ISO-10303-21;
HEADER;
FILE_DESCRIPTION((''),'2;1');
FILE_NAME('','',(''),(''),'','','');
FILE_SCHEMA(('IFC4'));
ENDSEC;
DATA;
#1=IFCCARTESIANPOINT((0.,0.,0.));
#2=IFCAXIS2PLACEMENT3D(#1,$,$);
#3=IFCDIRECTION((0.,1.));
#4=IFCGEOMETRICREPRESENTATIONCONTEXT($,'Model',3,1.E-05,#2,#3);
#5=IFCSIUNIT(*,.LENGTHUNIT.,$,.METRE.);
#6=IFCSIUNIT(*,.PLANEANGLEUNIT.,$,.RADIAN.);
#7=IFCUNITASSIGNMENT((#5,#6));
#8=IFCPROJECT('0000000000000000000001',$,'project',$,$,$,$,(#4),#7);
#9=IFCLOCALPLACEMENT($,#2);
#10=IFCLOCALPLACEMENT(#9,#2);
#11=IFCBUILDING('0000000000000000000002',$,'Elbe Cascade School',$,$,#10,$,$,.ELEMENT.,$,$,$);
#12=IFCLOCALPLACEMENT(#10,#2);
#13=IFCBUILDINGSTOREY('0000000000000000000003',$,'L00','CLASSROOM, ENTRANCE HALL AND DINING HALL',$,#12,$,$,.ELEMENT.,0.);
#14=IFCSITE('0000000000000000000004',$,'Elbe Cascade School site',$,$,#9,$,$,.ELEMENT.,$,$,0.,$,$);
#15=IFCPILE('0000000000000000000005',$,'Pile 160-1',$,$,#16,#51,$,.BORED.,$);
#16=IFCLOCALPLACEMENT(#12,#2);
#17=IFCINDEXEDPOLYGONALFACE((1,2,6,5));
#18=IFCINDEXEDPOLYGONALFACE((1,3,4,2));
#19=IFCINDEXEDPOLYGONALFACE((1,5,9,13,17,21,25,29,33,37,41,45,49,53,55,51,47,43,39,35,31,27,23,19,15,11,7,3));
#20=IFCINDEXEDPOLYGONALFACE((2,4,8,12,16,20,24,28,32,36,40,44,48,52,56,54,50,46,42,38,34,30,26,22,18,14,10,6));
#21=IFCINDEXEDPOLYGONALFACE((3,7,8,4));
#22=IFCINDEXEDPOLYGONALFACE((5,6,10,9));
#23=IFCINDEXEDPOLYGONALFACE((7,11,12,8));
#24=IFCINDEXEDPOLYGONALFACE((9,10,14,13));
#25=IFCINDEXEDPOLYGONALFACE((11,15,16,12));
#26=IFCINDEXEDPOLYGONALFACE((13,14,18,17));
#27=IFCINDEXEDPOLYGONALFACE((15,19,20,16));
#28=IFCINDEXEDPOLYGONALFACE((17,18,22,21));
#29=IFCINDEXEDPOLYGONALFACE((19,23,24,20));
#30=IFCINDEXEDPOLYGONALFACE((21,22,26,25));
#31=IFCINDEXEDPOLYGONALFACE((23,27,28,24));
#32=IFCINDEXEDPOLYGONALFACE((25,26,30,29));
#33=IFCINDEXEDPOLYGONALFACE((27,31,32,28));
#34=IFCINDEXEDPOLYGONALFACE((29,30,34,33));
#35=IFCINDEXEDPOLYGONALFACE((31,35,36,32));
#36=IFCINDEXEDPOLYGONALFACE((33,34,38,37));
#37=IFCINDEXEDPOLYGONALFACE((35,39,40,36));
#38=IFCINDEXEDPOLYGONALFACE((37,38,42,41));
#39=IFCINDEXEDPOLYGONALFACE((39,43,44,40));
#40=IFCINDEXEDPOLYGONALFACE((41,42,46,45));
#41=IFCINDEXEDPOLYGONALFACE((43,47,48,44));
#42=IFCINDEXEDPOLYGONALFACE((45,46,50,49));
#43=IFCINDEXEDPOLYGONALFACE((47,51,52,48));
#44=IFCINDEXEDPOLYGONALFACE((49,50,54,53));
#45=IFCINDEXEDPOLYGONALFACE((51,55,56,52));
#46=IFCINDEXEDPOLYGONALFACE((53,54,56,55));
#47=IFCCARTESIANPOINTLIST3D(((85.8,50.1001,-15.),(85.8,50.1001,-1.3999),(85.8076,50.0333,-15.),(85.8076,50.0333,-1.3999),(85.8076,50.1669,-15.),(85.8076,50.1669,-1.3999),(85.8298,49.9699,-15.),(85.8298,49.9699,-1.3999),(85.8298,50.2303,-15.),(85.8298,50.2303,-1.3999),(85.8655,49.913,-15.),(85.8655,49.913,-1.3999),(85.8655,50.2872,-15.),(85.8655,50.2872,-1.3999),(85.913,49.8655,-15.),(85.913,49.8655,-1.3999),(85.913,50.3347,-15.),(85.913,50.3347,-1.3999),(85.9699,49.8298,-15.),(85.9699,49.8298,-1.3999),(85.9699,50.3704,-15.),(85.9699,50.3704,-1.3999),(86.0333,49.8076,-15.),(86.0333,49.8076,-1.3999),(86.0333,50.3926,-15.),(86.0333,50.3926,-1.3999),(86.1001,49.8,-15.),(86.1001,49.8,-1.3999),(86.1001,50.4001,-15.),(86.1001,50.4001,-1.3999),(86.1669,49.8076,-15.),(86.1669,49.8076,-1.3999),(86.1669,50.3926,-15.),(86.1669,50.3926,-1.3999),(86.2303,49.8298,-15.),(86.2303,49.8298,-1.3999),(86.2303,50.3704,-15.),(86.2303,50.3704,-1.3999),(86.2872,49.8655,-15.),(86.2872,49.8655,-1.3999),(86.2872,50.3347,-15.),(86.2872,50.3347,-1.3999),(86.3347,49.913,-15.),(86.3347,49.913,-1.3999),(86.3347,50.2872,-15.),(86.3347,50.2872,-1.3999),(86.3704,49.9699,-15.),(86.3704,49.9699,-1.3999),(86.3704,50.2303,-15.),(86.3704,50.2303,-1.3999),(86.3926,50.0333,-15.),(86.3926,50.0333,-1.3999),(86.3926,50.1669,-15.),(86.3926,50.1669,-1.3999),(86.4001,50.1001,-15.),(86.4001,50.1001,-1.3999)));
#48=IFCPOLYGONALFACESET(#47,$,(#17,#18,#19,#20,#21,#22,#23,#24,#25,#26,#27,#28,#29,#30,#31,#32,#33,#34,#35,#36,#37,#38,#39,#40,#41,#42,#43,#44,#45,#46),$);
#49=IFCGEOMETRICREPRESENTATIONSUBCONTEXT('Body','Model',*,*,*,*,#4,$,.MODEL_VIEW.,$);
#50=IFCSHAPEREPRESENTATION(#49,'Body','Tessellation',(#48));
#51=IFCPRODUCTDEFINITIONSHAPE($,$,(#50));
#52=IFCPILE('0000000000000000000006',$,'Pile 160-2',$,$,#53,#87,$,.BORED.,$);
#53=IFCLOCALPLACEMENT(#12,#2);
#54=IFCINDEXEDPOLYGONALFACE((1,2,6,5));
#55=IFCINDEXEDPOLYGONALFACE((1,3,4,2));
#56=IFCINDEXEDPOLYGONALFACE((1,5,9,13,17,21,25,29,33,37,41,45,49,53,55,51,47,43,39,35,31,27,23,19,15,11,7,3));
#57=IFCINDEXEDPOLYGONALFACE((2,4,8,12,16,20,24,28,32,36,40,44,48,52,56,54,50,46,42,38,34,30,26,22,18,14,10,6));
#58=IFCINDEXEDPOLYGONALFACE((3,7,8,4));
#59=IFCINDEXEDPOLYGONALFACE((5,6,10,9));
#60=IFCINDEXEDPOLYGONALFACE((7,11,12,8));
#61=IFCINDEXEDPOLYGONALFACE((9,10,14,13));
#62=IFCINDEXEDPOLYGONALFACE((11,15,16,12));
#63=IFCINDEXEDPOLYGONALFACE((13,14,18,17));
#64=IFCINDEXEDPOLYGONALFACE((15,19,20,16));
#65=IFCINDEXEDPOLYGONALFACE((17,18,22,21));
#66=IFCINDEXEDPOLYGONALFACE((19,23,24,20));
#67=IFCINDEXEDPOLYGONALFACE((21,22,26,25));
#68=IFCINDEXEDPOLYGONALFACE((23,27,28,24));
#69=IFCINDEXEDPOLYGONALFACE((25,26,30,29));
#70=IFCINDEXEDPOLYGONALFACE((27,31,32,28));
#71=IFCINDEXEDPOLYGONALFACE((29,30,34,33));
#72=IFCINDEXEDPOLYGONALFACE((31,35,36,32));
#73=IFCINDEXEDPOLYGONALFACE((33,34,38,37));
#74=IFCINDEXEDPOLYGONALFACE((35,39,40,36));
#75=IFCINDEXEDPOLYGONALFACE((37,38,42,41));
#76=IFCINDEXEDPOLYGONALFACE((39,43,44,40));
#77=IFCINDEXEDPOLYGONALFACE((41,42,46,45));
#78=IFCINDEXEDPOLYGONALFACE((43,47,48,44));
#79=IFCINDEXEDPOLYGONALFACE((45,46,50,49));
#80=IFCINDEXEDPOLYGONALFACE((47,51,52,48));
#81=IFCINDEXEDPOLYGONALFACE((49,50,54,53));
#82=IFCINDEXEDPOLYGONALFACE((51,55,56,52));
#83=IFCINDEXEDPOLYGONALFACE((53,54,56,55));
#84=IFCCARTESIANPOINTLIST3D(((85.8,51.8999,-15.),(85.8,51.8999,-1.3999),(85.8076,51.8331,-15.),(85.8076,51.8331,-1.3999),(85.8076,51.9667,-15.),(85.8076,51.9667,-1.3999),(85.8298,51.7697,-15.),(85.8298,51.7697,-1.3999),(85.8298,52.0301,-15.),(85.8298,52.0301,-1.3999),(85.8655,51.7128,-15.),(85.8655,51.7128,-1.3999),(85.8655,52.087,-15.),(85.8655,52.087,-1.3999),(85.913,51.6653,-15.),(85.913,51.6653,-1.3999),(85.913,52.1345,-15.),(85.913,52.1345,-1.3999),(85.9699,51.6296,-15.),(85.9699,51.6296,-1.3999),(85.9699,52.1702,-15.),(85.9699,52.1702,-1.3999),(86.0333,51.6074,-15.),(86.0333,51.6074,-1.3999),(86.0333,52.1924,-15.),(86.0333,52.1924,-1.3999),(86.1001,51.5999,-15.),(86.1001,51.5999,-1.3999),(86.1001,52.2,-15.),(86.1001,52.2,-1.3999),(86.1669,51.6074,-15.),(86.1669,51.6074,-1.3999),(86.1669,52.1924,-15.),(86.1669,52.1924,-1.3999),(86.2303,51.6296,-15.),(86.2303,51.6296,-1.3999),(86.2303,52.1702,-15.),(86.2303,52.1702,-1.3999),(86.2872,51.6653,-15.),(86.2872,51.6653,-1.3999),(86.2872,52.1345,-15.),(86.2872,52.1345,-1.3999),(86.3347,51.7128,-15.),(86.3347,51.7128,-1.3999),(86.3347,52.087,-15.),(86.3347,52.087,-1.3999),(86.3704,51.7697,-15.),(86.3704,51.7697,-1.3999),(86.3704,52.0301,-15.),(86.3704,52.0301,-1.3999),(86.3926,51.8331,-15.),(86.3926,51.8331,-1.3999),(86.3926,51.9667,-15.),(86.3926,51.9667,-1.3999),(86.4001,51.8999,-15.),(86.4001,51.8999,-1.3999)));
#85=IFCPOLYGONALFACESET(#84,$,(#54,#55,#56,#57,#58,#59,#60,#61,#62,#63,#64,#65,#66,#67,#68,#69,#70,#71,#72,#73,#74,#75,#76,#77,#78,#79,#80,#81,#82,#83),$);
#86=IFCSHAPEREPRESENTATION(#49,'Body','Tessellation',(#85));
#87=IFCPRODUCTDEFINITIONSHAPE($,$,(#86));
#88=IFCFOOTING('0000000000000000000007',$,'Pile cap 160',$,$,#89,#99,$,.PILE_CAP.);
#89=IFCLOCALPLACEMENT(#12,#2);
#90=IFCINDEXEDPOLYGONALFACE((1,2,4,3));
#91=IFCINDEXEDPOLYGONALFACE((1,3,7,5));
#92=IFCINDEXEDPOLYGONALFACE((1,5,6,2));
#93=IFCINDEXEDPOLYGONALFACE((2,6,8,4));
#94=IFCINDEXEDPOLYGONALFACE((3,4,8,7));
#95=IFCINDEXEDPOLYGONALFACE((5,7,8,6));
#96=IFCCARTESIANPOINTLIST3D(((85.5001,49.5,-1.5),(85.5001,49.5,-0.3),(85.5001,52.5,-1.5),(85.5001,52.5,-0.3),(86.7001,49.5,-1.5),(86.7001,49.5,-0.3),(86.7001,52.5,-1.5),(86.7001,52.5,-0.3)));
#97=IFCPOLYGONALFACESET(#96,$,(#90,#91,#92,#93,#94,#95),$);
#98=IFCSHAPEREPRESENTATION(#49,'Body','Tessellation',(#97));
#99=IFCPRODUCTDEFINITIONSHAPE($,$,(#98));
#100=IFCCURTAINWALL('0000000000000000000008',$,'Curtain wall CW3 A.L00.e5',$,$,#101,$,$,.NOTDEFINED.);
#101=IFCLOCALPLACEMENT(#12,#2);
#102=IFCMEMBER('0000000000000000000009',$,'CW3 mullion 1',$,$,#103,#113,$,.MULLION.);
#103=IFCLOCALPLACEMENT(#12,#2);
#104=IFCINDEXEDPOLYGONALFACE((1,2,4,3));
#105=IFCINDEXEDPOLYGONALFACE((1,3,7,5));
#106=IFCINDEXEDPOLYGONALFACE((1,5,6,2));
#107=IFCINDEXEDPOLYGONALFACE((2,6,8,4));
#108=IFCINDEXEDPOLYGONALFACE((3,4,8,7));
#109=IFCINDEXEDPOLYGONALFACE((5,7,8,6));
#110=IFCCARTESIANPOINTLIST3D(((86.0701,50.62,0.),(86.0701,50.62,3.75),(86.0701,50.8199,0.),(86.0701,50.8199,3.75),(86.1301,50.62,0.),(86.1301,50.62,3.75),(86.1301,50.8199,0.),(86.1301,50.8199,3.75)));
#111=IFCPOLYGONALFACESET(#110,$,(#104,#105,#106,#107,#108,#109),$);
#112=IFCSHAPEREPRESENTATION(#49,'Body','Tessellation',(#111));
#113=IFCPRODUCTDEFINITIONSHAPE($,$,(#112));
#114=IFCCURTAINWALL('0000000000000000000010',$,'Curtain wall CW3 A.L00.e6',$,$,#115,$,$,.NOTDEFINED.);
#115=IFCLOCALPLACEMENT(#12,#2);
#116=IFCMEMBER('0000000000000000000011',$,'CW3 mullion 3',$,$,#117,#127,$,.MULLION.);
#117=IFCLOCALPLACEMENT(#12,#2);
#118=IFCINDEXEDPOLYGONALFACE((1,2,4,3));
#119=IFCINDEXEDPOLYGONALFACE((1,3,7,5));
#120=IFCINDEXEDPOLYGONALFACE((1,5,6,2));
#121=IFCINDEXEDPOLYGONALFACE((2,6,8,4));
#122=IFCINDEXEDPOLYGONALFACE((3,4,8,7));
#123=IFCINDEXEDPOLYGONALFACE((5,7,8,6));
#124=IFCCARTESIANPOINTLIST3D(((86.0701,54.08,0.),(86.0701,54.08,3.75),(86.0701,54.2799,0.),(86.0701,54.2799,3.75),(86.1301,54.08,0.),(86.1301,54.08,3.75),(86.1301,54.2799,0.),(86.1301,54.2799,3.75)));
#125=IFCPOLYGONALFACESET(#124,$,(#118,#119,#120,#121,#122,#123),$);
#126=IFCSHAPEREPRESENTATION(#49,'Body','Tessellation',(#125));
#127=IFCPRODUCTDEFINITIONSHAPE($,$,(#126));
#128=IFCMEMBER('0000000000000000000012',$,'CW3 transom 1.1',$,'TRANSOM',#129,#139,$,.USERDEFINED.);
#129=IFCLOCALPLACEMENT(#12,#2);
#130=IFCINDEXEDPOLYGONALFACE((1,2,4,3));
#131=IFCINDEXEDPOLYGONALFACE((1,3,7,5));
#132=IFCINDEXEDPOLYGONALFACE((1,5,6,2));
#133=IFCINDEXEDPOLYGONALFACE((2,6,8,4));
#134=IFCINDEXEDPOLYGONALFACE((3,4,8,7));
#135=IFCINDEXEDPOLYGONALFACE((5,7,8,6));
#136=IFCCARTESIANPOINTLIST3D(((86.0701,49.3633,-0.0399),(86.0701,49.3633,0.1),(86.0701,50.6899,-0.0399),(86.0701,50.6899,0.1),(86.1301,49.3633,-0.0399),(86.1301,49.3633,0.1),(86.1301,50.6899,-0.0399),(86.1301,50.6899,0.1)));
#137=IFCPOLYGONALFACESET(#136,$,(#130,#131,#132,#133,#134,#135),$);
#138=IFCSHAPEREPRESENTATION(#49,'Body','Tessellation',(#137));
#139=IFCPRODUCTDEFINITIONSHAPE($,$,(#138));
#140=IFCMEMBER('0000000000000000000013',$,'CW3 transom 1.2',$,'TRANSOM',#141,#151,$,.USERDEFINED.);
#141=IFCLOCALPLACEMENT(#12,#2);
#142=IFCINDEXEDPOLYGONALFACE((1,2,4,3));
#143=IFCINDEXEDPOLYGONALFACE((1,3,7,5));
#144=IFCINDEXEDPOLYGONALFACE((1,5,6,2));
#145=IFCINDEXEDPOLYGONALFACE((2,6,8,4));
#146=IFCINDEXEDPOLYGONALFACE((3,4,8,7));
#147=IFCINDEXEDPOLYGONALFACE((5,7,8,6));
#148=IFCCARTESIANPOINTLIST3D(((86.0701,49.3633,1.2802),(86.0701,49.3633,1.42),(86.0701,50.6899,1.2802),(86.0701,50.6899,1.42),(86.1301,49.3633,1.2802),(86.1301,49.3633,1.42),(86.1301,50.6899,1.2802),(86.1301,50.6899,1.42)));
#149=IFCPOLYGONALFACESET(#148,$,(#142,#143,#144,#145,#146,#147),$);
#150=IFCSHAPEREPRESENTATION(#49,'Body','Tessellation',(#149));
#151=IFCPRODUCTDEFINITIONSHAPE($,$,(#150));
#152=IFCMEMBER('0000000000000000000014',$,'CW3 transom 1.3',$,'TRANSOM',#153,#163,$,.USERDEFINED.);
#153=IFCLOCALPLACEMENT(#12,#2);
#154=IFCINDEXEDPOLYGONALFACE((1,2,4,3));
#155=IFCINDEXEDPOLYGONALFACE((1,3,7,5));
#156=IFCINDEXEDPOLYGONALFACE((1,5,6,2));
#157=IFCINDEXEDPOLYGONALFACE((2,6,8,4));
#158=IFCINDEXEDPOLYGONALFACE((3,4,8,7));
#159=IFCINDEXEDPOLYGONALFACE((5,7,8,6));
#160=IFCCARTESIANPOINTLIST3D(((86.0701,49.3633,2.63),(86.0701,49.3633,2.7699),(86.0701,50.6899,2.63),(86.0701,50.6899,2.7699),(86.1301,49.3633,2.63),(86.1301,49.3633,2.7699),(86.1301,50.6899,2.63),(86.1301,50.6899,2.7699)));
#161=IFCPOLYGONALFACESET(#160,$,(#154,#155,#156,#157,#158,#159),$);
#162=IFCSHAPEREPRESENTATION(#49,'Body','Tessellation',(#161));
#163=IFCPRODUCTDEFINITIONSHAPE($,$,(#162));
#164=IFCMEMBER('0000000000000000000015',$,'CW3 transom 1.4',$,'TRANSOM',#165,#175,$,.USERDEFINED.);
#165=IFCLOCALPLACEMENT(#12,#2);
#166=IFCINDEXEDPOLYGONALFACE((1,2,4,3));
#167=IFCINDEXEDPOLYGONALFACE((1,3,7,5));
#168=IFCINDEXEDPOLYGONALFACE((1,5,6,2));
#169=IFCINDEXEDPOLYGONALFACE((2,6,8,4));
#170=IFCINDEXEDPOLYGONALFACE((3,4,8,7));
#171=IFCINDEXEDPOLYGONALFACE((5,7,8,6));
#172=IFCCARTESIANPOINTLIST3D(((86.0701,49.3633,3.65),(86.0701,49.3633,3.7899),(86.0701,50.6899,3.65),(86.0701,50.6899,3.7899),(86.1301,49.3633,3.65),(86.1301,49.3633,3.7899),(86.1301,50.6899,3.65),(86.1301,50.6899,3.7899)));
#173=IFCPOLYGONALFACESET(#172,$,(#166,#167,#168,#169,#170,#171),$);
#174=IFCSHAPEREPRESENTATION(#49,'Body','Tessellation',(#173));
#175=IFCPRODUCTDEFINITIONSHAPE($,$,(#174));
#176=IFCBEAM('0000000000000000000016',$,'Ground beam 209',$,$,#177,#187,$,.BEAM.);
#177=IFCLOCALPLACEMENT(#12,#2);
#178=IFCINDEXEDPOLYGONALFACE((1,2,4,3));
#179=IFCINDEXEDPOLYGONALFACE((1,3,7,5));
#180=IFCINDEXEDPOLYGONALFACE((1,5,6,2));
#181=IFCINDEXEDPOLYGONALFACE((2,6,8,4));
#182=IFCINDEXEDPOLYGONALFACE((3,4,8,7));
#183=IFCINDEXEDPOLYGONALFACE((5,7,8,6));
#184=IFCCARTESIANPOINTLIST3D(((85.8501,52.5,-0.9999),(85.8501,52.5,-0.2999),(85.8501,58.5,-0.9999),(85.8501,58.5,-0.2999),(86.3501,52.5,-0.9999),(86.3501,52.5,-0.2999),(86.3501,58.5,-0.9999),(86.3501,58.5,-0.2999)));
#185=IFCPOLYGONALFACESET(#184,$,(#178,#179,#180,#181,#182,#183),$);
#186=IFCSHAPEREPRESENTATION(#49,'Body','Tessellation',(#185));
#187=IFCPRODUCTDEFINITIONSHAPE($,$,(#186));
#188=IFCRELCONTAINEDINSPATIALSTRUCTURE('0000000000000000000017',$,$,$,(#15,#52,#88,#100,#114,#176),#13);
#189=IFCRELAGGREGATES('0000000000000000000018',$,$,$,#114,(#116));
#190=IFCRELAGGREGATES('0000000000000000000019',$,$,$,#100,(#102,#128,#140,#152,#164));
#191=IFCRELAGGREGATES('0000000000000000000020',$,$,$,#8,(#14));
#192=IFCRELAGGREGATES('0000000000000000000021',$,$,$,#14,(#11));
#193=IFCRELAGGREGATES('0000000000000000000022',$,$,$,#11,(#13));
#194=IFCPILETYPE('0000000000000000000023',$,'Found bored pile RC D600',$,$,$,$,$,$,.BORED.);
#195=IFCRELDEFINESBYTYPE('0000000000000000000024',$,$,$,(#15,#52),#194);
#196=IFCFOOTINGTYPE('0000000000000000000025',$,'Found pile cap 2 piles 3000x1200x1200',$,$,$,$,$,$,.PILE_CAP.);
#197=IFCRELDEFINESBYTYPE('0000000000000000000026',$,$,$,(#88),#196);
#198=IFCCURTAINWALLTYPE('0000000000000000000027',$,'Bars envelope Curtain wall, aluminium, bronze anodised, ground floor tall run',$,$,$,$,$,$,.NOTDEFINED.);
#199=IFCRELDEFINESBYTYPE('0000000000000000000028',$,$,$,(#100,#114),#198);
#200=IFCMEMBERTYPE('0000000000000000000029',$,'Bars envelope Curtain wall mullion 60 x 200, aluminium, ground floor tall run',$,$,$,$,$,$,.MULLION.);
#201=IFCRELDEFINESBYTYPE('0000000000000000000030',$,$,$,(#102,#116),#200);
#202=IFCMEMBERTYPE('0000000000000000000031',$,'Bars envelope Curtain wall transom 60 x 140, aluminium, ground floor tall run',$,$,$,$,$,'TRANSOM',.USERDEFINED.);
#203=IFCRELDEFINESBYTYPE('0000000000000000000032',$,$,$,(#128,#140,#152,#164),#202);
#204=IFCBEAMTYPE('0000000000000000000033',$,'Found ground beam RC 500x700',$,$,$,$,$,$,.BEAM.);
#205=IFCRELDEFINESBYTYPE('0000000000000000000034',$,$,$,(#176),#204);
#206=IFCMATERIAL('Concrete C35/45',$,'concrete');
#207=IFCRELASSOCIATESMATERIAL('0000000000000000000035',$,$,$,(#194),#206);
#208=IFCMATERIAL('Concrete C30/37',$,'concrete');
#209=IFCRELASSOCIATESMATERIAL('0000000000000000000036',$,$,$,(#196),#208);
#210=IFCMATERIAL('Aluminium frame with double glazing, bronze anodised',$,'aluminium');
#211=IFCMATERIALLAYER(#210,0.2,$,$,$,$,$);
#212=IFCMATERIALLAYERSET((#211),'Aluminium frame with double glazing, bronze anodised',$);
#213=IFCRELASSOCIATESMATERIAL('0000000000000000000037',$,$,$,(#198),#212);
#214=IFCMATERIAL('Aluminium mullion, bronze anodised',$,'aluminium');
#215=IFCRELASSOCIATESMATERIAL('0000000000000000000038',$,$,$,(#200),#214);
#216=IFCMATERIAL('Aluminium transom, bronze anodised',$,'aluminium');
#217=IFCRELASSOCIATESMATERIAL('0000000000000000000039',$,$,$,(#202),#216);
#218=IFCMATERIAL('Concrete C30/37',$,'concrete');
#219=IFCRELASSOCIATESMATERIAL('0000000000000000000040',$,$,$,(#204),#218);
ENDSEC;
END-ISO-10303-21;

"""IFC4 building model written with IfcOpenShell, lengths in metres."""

from ifc_helpers import new_model, si_unit, direction, frame, origin, origin_2d, place, context, subcontext, project, spatial, rectangle, circle, extrude, material, layer, layer_set, material_profile, profile_set, type_object, element, aggregate, save


model = new_model("IFC4")

# Units and contexts
model_context = context("Model", 3, precision=1e-05, world=origin(), true_north=direction((0.0, 1.0)))
body_context = subcontext(model_context, "Body", "Model", "MODEL_VIEW")
ifc_project = project(units=[si_unit("LENGTHUNIT", "METRE"), si_unit("PLANEANGLEUNIT", "RADIAN")], contexts=[model_context])

# Site, building, storey
site_placement = place(None, origin())
site = spatial("IfcSite", under=ifc_project, at=site_placement, Name="Elbe Cascade School site", CompositionType="ELEMENT", RefElevation=0.0)
building_placement = place(site_placement, origin())
building = spatial("IfcBuilding", under=site, at=building_placement, Name="Elbe Cascade School", CompositionType="ELEMENT")
storey_placement = place(building_placement, origin())
storey = spatial("IfcBuildingStorey", under=building, at=storey_placement, Name="L00", Description="CLASSROOM, ENTRANCE HALL AND DINING HALL", CompositionType="ELEMENT", Elevation=0.0)

# Piles
ifc_material_1 = material(Name="Concrete C35/45", Category="concrete")
ifc_material_profile_1 = material_profile(ifc_material_1, circle(Radius=0.3, at=origin_2d()), Name="RC D600")
ifc_profile_set_1 = profile_set([ifc_material_profile_1], Name="Concrete C35/45")
pile_type = type_object("IfcPileType", Name="Found bored pile RC D600", PredefinedType="BORED", material=ifc_profile_set_1)
for number, where, z_axis, x_axis, name in (
    (1, (86.1001, 50.1001, -1.3999), (0.0, 0.0, -1.0), (1.0, 0.0, 0.0), "Pile 160-1"),
    (2, (86.1001, 51.8999, -1.3999), (0.0, 0.0, -1.0), (1.0, 0.0, 0.0), "Pile 160-2"),
):
    element("IfcPile", number, at=place(storey_placement, frame(where, z_axis=z_axis, x_axis=x_axis)), inside=storey, type_object=pile_type, Name=name, PredefinedType="BORED", context=body_context, shape_type="SweptSolid", body=[
        extrude(circle(Radius=0.3, at=origin_2d()), origin(), (0.0, 0.0, 1.0), 13.6001),
    ])

# Footing
ifc_material_2 = material(Name="Concrete C30/37", Category="concrete")
footing_type = type_object("IfcFootingType", Name="Found pile cap 2 piles 3000x1200x1200", PredefinedType="PILE_CAP", material=ifc_material_2)
footing_placement = place(storey_placement, frame((86.1001, 51.0, -1.5), z_axis=(0.0, 0.0, 1.0), x_axis=(1.0, 0.0, 0.0)))
element("IfcFooting", 3, at=footing_placement, inside=storey, type_object=footing_type, Name="Pile cap 160", PredefinedType="PILE_CAP", context=body_context, shape_type="SweptSolid", body=[
    extrude(rectangle(XDim=1.2, YDim=3.0, at=origin_2d()), origin(), (0.0, 0.0, 1.0), 1.2),
])

# Curtain walls, members
ifc_material_3 = material(Name="Aluminium frame with double glazing, bronze anodised", Category="aluminium")
ifc_layer_1 = layer(ifc_material_3, 0.2)
ifc_layer_set_1 = layer_set([ifc_layer_1], Name="Aluminium frame with double glazing, bronze anodised")
curtain_wall_type = type_object("IfcCurtainWallType", Name="Bars envelope Curtain wall, aluminium, bronze anodised, ground floor tall run", PredefinedType="NOTDEFINED", material=ifc_layer_set_1)
curtain_wall_1_placement = place(storey_placement, origin())
curtain_wall_1 = element("IfcCurtainWall", 4, at=curtain_wall_1_placement, inside=storey, type_object=curtain_wall_type, Name="Curtain wall CW3 A.L00.e5", PredefinedType="NOTDEFINED")
ifc_material_4 = material(Name="Aluminium mullion, bronze anodised", Category="aluminium")
ifc_material_profile_2 = material_profile(ifc_material_4, rectangle(XDim=0.0601, YDim=0.2, at=origin_2d()), Name="Bars envelope Curtain wall mullion 60 x 200, aluminium, ground floor tall run")
ifc_profile_set_2 = profile_set([ifc_material_profile_2], Name="Aluminium mullion, bronze anodised")
member_type_1 = type_object("IfcMemberType", Name="Bars envelope Curtain wall mullion 60 x 200, aluminium, ground floor tall run", PredefinedType="MULLION", material=ifc_profile_set_2)
member_1_placement = place(storey_placement, frame((86.1001, 50.72, 0.0), z_axis=(0.0, 0.0, 1.0), x_axis=(1.0, 0.0, 0.0)))
member_1 = element("IfcMember", 5, at=member_1_placement, type_object=member_type_1, Name="CW3 mullion 1", PredefinedType="MULLION", context=body_context, shape_type="SweptSolid", body=[
    extrude(rectangle(XDim=0.0601, YDim=0.2, at=origin_2d()), origin(), (0.0, 0.0, 1.0), 3.75),
])
curtain_wall_2_placement = place(storey_placement, origin())
curtain_wall_2 = element("IfcCurtainWall", 6, at=curtain_wall_2_placement, inside=storey, type_object=curtain_wall_type, Name="Curtain wall CW3 A.L00.e6", PredefinedType="NOTDEFINED")
member_2_placement = place(storey_placement, frame((86.1001, 54.1799, 0.0), z_axis=(0.0, 0.0, 1.0), x_axis=(1.0, 0.0, 0.0)))
member_2 = element("IfcMember", 7, at=member_2_placement, type_object=member_type_1, Name="CW3 mullion 3", PredefinedType="MULLION", context=body_context, shape_type="SweptSolid", body=[
    extrude(rectangle(XDim=0.0601, YDim=0.2, at=origin_2d()), origin(), (0.0, 0.0, 1.0), 3.75),
])
aggregate(curtain_wall_2, [member_2])

# Members
ifc_material_5 = material(Name="Aluminium transom, bronze anodised", Category="aluminium")
ifc_material_profile_3 = material_profile(ifc_material_5, rectangle(XDim=0.0601, YDim=0.1399, at=origin_2d()), Name="Bars envelope Curtain wall transom 60 x 140, aluminium, ground floor tall run")
ifc_profile_set_3 = profile_set([ifc_material_profile_3], Name="Aluminium transom, bronze anodised")
member_type_2 = type_object("IfcMemberType", Name="Bars envelope Curtain wall transom 60 x 140, aluminium, ground floor tall run", ElementType="TRANSOM", PredefinedType="USERDEFINED", material=ifc_profile_set_3)
member_3_placement = place(storey_placement, frame((86.1001, 50.6899, 0.03), z_axis=(0.0, -1.0, 0.0), x_axis=(1.0, 0.0, 0.0)))
member_3 = element("IfcMember", 8, at=member_3_placement, type_object=member_type_2, Name="CW3 transom 1.1", ObjectType="TRANSOM", PredefinedType="USERDEFINED", context=body_context, shape_type="SweptSolid", body=[
    extrude(rectangle(XDim=0.0601, YDim=0.1399, at=origin_2d()), origin(), (0.0, 0.0, 1.0), 1.3267),
])
member_4_placement = place(storey_placement, frame((86.1001, 50.6899, 1.3501), z_axis=(0.0, -1.0, 0.0), x_axis=(1.0, 0.0, 0.0)))
member_4 = element("IfcMember", 9, at=member_4_placement, type_object=member_type_2, Name="CW3 transom 1.2", ObjectType="TRANSOM", PredefinedType="USERDEFINED", context=body_context, shape_type="SweptSolid", body=[
    extrude(rectangle(XDim=0.0601, YDim=0.1399, at=origin_2d()), origin(), (0.0, 0.0, 1.0), 1.3267),
])
member_5_placement = place(storey_placement, frame((86.1001, 50.6899, 2.7), z_axis=(0.0, -1.0, 0.0), x_axis=(1.0, 0.0, 0.0)))
member_5 = element("IfcMember", 10, at=member_5_placement, type_object=member_type_2, Name="CW3 transom 1.3", ObjectType="TRANSOM", PredefinedType="USERDEFINED", context=body_context, shape_type="SweptSolid", body=[
    extrude(rectangle(XDim=0.0601, YDim=0.1399, at=origin_2d()), origin(), (0.0, 0.0, 1.0), 1.3267),
])
member_6_placement = place(storey_placement, frame((86.1001, 50.6899, 3.72), z_axis=(0.0, -1.0, 0.0), x_axis=(1.0, 0.0, 0.0)))
member_6 = element("IfcMember", 11, at=member_6_placement, type_object=member_type_2, Name="CW3 transom 1.4", ObjectType="TRANSOM", PredefinedType="USERDEFINED", context=body_context, shape_type="SweptSolid", body=[
    extrude(rectangle(XDim=0.0601, YDim=0.1399, at=origin_2d()), origin(), (0.0, 0.0, 1.0), 1.3267),
])

# Beam
ifc_material_6 = material(Name="Concrete C30/37", Category="concrete")
ifc_material_profile_4 = material_profile(ifc_material_6, rectangle(XDim=0.5, YDim=0.7, at=origin_2d()), Name="RC 500x700")
ifc_profile_set_4 = profile_set([ifc_material_profile_4], Name="Concrete C30/37")
beam_type_1 = type_object("IfcBeamType", Name="Found ground beam RC 500x700", PredefinedType="BEAM", material=ifc_profile_set_4)
beam_1_placement = place(storey_placement, frame((86.1001, 52.5, -0.6499), z_axis=(0.0, 1.0, 0.0), x_axis=(-1.0, 0.0, 0.0)))
element("IfcBeam", 12, at=beam_1_placement, inside=storey, type_object=beam_type_1, Name="Ground beam 209", PredefinedType="BEAM", context=body_context, shape_type="SweptSolid", body=[
    extrude(rectangle(XDim=0.5, YDim=0.7, at=origin_2d()), origin(), (0.0, 0.0, 1.0), 6.0),
])

aggregate(curtain_wall_1, [member_1, member_3, member_4, member_5, member_6])

save(model, "model.ifc")
